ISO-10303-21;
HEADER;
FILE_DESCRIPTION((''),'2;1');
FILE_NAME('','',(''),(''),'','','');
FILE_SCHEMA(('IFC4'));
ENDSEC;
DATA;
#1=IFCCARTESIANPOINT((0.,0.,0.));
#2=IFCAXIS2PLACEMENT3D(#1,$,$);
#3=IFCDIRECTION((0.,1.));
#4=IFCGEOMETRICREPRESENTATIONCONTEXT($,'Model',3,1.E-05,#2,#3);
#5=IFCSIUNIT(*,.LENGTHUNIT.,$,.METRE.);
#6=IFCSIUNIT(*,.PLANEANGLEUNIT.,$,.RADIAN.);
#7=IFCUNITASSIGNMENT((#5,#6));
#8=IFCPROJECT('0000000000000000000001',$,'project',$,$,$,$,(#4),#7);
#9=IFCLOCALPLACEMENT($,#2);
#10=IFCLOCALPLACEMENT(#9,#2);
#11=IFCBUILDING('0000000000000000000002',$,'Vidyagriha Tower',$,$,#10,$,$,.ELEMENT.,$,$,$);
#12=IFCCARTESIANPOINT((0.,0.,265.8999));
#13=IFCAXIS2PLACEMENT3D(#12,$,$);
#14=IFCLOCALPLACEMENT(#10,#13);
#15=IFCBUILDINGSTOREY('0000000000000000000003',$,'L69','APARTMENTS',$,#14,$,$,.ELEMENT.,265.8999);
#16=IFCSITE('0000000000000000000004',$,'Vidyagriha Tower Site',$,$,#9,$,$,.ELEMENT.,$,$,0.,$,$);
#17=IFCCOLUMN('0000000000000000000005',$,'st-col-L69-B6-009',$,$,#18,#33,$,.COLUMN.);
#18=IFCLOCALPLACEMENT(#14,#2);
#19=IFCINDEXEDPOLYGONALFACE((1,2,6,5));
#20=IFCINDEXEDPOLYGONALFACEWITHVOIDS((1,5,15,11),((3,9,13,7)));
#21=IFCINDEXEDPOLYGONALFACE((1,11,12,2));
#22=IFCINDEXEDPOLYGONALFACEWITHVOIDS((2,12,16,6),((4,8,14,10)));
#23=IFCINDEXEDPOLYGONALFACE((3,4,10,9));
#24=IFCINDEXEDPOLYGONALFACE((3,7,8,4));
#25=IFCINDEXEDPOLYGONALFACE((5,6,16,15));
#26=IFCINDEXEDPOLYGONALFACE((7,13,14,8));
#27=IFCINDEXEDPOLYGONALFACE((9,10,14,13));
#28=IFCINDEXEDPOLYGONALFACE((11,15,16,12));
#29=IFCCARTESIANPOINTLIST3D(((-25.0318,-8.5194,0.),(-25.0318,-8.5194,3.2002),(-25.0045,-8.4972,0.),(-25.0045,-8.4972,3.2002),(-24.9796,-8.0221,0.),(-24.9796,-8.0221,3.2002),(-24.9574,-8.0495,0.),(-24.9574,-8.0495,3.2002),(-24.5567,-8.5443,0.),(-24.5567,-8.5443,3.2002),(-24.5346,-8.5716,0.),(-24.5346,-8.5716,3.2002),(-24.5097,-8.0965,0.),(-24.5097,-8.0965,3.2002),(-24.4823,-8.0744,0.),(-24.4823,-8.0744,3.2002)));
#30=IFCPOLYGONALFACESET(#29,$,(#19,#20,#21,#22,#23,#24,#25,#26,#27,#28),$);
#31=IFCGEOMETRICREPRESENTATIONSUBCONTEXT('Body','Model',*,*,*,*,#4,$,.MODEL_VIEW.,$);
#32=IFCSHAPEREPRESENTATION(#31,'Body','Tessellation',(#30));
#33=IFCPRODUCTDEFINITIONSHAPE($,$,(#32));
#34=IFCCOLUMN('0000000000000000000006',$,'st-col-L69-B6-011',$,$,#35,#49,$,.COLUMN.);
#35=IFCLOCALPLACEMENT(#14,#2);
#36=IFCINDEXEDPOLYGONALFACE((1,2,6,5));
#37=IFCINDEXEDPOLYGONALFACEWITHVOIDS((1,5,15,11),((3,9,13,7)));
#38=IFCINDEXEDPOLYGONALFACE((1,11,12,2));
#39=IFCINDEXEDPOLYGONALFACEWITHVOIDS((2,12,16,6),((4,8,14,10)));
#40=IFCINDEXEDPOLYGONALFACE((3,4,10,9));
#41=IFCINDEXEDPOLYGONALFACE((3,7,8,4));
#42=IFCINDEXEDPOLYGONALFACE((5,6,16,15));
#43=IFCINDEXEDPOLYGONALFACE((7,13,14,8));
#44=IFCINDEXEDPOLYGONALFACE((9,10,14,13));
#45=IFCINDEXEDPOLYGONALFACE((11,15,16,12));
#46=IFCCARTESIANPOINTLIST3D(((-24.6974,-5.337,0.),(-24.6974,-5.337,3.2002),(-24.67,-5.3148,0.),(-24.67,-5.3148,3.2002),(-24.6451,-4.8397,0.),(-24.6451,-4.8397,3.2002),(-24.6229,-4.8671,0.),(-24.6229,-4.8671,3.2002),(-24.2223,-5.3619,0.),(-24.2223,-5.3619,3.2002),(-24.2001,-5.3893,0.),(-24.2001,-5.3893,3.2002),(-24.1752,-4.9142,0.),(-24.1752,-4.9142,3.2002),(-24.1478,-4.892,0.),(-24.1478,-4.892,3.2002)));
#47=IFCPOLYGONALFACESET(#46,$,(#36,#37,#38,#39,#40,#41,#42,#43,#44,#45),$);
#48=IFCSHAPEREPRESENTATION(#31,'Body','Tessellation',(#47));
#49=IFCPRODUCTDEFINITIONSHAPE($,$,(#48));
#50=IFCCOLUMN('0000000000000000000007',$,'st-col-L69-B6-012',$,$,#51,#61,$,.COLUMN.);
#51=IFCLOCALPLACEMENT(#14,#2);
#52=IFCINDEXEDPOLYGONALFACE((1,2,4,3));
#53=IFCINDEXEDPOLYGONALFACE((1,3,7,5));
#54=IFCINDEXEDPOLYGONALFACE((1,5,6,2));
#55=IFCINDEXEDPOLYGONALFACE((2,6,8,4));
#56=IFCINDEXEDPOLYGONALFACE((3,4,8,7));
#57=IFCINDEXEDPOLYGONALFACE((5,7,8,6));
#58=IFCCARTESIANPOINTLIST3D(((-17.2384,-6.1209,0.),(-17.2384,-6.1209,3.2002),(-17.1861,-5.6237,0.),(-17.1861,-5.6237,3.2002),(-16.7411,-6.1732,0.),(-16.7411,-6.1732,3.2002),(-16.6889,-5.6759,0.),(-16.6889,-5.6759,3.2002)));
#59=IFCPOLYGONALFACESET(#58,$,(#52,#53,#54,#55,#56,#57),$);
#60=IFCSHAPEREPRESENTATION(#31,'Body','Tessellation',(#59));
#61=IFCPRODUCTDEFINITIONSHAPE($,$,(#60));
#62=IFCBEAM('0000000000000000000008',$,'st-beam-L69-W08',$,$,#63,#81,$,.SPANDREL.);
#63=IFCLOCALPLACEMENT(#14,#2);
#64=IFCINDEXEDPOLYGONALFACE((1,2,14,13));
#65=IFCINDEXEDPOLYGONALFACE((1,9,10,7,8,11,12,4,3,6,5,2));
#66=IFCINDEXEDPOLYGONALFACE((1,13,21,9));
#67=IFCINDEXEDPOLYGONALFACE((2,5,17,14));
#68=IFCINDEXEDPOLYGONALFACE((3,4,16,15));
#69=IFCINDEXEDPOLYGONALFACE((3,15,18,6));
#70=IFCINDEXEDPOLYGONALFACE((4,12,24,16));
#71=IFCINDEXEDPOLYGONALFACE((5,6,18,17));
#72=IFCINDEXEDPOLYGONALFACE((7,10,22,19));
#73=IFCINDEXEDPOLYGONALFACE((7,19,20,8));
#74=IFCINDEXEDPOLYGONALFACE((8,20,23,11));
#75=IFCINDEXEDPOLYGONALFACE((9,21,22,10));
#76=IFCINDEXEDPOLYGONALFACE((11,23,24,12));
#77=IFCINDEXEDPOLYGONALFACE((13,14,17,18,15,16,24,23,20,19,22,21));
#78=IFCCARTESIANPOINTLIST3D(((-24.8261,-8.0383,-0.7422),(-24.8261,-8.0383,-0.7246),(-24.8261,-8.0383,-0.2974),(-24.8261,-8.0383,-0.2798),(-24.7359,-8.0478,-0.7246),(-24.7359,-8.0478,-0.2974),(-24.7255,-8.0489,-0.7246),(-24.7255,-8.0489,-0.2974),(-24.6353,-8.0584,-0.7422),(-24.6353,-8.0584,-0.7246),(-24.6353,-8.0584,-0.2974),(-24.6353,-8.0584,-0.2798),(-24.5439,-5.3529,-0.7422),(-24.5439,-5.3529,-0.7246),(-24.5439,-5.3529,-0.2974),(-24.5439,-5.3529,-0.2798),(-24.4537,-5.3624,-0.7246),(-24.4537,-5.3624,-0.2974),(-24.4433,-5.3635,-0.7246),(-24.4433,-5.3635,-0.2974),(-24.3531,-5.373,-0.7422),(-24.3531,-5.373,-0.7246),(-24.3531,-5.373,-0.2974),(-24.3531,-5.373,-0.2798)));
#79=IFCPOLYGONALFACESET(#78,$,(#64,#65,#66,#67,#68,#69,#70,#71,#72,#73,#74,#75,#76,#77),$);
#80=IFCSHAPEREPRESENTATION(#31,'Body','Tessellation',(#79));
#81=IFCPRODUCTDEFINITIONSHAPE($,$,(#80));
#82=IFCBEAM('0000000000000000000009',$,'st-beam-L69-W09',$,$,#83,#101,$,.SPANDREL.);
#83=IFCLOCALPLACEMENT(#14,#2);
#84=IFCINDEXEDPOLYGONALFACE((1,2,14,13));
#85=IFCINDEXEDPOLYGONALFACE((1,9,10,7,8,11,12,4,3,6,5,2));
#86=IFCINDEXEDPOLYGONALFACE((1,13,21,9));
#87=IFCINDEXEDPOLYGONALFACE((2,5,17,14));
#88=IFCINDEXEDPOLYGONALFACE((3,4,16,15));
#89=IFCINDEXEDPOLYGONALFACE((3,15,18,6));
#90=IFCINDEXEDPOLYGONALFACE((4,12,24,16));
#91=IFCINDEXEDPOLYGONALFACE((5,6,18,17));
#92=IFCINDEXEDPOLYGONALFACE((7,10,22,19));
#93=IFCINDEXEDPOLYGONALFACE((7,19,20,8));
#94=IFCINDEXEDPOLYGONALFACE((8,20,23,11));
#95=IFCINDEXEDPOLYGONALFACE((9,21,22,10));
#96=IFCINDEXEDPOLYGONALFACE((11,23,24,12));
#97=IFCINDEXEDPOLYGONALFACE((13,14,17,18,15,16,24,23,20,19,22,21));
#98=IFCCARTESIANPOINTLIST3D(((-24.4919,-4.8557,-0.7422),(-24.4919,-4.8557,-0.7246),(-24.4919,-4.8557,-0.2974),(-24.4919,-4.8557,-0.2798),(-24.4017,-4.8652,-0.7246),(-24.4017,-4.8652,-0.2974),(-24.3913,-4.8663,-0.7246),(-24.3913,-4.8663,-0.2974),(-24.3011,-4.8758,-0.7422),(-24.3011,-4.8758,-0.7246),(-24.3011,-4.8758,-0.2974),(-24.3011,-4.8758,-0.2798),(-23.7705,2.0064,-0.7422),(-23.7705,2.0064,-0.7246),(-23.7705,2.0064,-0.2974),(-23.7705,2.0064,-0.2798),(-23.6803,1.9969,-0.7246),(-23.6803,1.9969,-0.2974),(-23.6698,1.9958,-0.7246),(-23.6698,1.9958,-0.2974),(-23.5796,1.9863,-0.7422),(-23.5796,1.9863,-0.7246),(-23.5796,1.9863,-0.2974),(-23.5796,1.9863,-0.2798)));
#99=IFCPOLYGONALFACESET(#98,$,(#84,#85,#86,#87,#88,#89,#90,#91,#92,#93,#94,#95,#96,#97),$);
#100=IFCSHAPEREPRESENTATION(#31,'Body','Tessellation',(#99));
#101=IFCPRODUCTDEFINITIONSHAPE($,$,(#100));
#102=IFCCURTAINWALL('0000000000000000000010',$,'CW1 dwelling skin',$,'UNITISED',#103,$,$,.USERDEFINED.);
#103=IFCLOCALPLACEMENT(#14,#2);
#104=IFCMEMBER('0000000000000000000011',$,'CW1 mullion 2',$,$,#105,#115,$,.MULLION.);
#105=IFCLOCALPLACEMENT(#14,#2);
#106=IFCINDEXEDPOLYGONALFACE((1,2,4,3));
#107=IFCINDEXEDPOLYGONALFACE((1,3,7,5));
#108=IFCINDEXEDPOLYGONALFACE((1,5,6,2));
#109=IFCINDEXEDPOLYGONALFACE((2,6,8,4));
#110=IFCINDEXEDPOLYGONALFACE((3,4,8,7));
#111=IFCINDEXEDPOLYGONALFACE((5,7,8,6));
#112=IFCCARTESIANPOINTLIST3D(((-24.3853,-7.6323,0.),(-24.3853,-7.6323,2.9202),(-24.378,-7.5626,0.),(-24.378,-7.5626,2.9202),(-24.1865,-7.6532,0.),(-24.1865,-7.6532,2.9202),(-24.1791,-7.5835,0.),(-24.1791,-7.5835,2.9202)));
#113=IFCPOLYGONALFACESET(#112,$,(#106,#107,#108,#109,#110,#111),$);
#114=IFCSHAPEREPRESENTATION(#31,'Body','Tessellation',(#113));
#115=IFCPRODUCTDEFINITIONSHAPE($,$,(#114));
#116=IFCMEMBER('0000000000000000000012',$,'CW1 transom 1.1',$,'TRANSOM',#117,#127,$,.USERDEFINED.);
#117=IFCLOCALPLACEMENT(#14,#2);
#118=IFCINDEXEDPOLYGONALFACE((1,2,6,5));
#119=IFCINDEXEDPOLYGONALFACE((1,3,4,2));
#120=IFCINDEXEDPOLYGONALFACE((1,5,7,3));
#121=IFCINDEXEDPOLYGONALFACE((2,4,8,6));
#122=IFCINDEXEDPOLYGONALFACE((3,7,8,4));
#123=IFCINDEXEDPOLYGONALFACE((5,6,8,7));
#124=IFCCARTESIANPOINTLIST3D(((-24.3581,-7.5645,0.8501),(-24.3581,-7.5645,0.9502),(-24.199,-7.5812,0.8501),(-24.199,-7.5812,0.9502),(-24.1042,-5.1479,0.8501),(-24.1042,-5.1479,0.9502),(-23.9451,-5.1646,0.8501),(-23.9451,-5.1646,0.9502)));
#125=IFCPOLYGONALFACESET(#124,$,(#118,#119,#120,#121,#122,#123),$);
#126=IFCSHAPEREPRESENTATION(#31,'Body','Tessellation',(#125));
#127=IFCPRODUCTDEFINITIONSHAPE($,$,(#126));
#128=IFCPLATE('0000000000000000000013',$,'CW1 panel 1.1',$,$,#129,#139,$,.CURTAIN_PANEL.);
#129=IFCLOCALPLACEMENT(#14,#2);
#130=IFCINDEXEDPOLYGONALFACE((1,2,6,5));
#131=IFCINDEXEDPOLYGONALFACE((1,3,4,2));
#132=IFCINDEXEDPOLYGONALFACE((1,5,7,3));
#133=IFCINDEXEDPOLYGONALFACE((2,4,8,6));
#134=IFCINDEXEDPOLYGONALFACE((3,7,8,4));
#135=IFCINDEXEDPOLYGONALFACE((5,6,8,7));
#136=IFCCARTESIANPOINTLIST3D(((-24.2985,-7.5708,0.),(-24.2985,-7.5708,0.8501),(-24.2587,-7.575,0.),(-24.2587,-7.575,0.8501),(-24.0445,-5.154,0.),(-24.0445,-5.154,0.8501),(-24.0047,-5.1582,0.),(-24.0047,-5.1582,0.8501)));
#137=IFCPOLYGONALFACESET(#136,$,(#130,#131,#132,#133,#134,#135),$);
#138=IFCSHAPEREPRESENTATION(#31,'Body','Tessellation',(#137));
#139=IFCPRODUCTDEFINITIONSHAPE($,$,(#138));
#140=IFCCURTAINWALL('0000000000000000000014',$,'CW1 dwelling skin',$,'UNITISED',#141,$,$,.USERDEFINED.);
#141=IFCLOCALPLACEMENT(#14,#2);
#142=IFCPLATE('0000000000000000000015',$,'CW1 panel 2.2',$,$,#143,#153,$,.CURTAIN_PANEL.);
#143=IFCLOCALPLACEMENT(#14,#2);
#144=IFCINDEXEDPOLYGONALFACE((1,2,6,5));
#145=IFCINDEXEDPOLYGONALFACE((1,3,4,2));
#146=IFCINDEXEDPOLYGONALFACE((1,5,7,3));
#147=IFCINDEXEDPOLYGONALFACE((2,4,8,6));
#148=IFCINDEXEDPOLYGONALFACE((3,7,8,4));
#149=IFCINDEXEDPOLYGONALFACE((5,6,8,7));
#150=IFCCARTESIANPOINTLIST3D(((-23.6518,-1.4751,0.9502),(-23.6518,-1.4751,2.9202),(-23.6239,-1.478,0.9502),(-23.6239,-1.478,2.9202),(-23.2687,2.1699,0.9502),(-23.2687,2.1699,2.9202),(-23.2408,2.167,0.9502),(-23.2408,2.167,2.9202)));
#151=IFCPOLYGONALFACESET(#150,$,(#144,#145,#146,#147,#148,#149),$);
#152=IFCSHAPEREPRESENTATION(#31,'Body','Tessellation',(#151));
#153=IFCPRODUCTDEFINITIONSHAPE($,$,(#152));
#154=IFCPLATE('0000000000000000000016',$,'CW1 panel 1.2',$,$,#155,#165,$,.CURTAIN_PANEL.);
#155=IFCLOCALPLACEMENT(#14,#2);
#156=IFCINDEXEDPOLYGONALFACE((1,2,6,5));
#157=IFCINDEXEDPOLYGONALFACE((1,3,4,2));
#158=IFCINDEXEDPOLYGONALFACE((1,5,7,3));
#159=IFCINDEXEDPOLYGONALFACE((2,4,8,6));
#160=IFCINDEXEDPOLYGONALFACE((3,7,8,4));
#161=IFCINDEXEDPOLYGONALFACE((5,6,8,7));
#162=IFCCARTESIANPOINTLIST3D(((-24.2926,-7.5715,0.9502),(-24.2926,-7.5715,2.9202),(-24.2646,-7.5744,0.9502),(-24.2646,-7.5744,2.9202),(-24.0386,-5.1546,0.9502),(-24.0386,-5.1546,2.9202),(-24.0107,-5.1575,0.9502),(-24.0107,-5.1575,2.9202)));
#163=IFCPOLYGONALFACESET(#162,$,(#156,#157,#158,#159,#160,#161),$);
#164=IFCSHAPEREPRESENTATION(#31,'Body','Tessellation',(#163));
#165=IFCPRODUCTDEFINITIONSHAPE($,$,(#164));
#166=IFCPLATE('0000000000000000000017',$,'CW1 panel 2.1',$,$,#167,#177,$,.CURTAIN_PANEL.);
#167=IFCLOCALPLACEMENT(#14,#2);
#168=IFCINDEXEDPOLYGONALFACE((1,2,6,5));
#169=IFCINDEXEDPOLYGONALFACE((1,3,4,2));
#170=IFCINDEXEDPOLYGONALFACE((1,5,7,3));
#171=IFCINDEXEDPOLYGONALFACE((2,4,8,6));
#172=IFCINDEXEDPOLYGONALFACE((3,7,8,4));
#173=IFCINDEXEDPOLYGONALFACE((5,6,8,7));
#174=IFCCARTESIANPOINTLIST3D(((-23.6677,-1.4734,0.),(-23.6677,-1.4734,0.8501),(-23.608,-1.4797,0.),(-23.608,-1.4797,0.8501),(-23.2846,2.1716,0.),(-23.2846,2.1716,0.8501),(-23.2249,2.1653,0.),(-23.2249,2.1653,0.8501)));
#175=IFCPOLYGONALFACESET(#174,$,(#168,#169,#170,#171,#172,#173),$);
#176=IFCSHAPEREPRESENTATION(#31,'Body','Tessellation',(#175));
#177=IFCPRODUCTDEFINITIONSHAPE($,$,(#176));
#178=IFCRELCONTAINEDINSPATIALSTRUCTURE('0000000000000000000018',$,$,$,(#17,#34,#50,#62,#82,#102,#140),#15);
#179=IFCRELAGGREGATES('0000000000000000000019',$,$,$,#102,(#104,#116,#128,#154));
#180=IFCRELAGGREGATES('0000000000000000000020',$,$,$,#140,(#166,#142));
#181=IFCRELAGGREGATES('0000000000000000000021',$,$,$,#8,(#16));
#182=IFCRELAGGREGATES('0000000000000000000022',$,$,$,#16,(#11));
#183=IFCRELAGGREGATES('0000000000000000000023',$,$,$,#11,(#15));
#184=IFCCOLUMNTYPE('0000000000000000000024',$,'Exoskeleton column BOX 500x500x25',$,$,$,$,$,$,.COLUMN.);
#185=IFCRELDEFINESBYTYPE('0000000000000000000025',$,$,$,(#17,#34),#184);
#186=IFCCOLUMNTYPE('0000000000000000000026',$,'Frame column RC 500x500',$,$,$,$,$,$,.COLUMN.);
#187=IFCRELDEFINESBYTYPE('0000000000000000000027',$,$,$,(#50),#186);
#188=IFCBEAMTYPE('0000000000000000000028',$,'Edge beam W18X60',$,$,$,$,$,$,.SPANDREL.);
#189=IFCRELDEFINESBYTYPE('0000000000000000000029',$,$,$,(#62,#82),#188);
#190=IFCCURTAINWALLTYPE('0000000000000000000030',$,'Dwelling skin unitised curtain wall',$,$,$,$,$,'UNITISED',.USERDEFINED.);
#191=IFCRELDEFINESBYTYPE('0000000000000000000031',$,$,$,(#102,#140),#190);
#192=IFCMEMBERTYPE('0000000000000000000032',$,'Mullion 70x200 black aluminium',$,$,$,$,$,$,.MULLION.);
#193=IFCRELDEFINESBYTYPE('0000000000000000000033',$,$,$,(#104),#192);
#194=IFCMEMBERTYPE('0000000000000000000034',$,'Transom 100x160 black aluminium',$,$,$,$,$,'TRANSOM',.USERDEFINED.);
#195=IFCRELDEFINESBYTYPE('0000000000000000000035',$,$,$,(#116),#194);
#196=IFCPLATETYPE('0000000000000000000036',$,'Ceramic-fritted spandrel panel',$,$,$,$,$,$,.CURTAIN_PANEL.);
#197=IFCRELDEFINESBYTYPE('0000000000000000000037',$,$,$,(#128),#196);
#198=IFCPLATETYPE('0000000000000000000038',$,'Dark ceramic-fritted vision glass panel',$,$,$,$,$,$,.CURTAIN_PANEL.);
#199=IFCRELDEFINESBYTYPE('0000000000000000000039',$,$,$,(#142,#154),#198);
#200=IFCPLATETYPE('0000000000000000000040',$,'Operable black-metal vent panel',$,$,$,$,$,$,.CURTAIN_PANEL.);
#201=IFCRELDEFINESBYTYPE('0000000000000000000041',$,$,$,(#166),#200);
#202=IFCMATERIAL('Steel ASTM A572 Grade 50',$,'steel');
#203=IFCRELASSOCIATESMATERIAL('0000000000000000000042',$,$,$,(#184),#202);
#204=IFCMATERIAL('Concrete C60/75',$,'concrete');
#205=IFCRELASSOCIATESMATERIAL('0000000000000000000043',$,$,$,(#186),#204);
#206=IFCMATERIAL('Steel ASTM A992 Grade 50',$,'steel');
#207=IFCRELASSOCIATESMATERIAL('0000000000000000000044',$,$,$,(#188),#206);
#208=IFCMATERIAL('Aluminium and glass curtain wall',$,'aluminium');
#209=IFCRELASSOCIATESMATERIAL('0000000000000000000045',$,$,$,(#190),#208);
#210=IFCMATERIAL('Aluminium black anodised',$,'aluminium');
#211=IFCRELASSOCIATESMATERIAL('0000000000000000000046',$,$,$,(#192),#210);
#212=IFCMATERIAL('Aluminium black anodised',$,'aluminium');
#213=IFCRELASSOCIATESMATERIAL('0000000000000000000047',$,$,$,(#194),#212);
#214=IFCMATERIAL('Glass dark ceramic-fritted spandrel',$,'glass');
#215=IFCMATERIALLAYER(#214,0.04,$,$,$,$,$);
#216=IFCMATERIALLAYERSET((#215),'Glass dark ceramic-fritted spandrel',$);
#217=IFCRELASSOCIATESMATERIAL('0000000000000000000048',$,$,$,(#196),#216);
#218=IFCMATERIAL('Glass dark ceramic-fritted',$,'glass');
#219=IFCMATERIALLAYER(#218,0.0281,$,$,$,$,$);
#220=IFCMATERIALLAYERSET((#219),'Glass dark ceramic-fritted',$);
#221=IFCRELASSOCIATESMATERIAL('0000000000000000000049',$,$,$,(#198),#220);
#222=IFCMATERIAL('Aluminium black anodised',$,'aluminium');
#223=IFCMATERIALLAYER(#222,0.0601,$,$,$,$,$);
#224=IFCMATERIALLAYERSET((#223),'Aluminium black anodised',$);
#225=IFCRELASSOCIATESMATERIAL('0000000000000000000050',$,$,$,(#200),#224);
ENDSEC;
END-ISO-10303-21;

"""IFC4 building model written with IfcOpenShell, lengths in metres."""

from ifc_helpers import new_model, si_unit, direction, frame, origin, origin_2d, place, context, subcontext, project, spatial, rectangle, hollow_rectangle, i_section, extrude, material, layer, layer_set, material_profile, profile_set, type_object, element, aggregate, save


model = new_model("IFC4")

# Units and contexts
model_context = context("Model", 3, precision=1e-05, world=origin(), true_north=direction((0.0, 1.0)))
body_context = subcontext(model_context, "Body", "Model", "MODEL_VIEW")
ifc_project = project(units=[si_unit("LENGTHUNIT", "METRE"), si_unit("PLANEANGLEUNIT", "RADIAN")], contexts=[model_context])

# Site, building, storey
site_placement = place(None, origin())
site = spatial("IfcSite", under=ifc_project, at=site_placement, Name="Vidyagriha Tower Site", CompositionType="ELEMENT", RefElevation=0.0)
building_placement = place(site_placement, origin())
building = spatial("IfcBuilding", under=site, at=building_placement, Name="Vidyagriha Tower", CompositionType="ELEMENT")
storey_placement = place(building_placement, frame((0.0, 0.0, 265.8999)))
storey = spatial("IfcBuildingStorey", under=building, at=storey_placement, Name="L69", Description="APARTMENTS", CompositionType="ELEMENT", Elevation=265.8999)

# Columns
ifc_material_1 = material(Name="Steel ASTM A572 Grade 50", Category="steel")
ifc_material_profile_1 = material_profile(ifc_material_1, hollow_rectangle(XDim=0.5, YDim=0.5, WallThickness=0.0249, at=origin_2d()), Name="BOX 500x500x25")
ifc_profile_set_1 = profile_set([ifc_material_profile_1], Name="Steel ASTM A572 Grade 50")
column_type_1 = type_object("IfcColumnType", Name="Exoskeleton column BOX 500x500x25", PredefinedType="COLUMN", material=ifc_profile_set_1)
for number, where, z_axis, x_axis, name in (
    (1, (-24.7571, -8.2969, 0.0), (0.0, 0.0, 1.0), (0.994522, -0.104528, 0.0), "st-col-L69-B6-009"),
    (2, (-24.4226, -5.1145, 0.0), (0.0, 0.0, 1.0), (0.994522, -0.104528, 0.0), "st-col-L69-B6-011"),
):
    element("IfcColumn", number, at=place(storey_placement, frame(where, z_axis=z_axis, x_axis=x_axis)), inside=storey, type_object=column_type_1, Name=name, PredefinedType="COLUMN", context=body_context, shape_type="SweptSolid", body=[
        extrude(hollow_rectangle(XDim=0.5, YDim=0.5, WallThickness=0.0249, at=origin_2d()), origin(), (0.0, 0.0, 1.0), 3.2002),
    ])
ifc_material_2 = material(Name="Concrete C60/75", Category="concrete")
ifc_material_profile_2 = material_profile(ifc_material_2, rectangle(XDim=0.5, YDim=0.5, at=origin_2d()), Name="RC 500x500")
ifc_profile_set_2 = profile_set([ifc_material_profile_2], Name="Concrete C60/75")
column_type_2 = type_object("IfcColumnType", Name="Frame column RC 500x500", PredefinedType="COLUMN", material=ifc_profile_set_2)
column_placement = place(storey_placement, frame((-16.9636, -5.8984, 0.0), z_axis=(0.0, 0.0, 1.0), x_axis=(0.994522, -0.104528, 0.0)))
element("IfcColumn", 3, at=column_placement, inside=storey, type_object=column_type_2, Name="st-col-L69-B6-012", PredefinedType="COLUMN", context=body_context, shape_type="SweptSolid", body=[
    extrude(rectangle(XDim=0.5, YDim=0.5, at=origin_2d()), origin(), (0.0, 0.0, 1.0), 3.2002),
])

# Beams
ifc_material_3 = material(Name="Steel ASTM A992 Grade 50", Category="steel")
ifc_material_profile_3 = material_profile(ifc_material_3, i_section(OverallWidth=0.1919, OverallDepth=0.4624, WebThickness=0.0105, FlangeThickness=0.0176, at=origin_2d()), Name="W18X60")
ifc_profile_set_3 = profile_set([ifc_material_profile_3], Name="Steel ASTM A992 Grade 50")
beam_type = type_object("IfcBeamType", Name="Edge beam W18X60", PredefinedType="SPANDREL", material=ifc_profile_set_3)
beam_1_placement = place(storey_placement, frame((-24.7307, -8.0483, -0.511), z_axis=(0.104525, 0.994522, 0.0), x_axis=(-0.994522, 0.104525, 0.0)))
element("IfcBeam", 4, at=beam_1_placement, inside=storey, type_object=beam_type, Name="st-beam-L69-W08", PredefinedType="SPANDREL", context=body_context, shape_type="SweptSolid", body=[
    extrude(i_section(OverallWidth=0.1919, OverallDepth=0.4624, WebThickness=0.0105, FlangeThickness=0.0176, at=origin_2d()), origin(), (0.0, 0.0, 1.0), 2.7002),
])
beam_2_placement = place(storey_placement, frame((-24.3965, -4.8657, -0.511), z_axis=(0.104558, 0.994519, 0.0), x_axis=(-0.994519, 0.104558, 0.0)))
element("IfcBeam", 5, at=beam_2_placement, inside=storey, type_object=beam_type, Name="st-beam-L69-W09", PredefinedType="SPANDREL", context=body_context, shape_type="SweptSolid", body=[
    extrude(i_section(OverallWidth=0.1919, OverallDepth=0.4624, WebThickness=0.0105, FlangeThickness=0.0176, at=origin_2d()), origin(), (0.0, 0.0, 1.0), 6.8999),
])

# Curtain wall, members, plate
ifc_material_4 = material(Name="Aluminium and glass curtain wall", Category="aluminium")
curtain_wall_type = type_object("IfcCurtainWallType", Name="Dwelling skin unitised curtain wall", ElementType="UNITISED", PredefinedType="USERDEFINED", material=ifc_material_4)
curtain_wall_1_placement = place(storey_placement, origin())
curtain_wall_1 = element("IfcCurtainWall", 6, at=curtain_wall_1_placement, inside=storey, type_object=curtain_wall_type, Name="CW1 dwelling skin", ObjectType="UNITISED", PredefinedType="USERDEFINED")
ifc_material_5 = material(Name="Aluminium black anodised", Category="aluminium")
ifc_material_profile_4 = material_profile(ifc_material_5, rectangle(XDim=0.2, YDim=0.0701, at=origin_2d()), Name="Mullion 70x200 black aluminium")
ifc_profile_set_4 = profile_set([ifc_material_profile_4], Name="Aluminium black anodised")
member_type_1 = type_object("IfcMemberType", Name="Mullion 70x200 black aluminium", PredefinedType="MULLION", material=ifc_profile_set_4)
member_1_placement = place(storey_placement, frame((-24.2822, -7.6079, 0.0), z_axis=(0.0, 0.0, 1.0), x_axis=(0.994523, -0.104516, 0.0)))
member_1 = element("IfcMember", 7, at=member_1_placement, type_object=member_type_1, Name="CW1 mullion 2", PredefinedType="MULLION", context=body_context, shape_type="SweptSolid", body=[
    extrude(rectangle(XDim=0.2, YDim=0.0701, at=origin_2d()), origin(), (0.0, 0.0, 1.0), 2.9202),
])
ifc_material_6 = material(Name="Aluminium black anodised", Category="aluminium")
ifc_material_profile_5 = material_profile(ifc_material_6, rectangle(XDim=0.1599, YDim=0.1001, at=origin_2d()), Name="Transom 100x160 black aluminium")
ifc_profile_set_5 = profile_set([ifc_material_profile_5], Name="Aluminium black anodised")
member_type_2 = type_object("IfcMemberType", Name="Transom 100x160 black aluminium", ElementType="TRANSOM", PredefinedType="USERDEFINED", material=ifc_profile_set_5)
member_2_placement = place(storey_placement, frame((-24.0247, -5.1562, 0.9001), z_axis=(-0.104486, -0.994526, 0.0), x_axis=(0.994526, -0.104486, 0.0)))
member_2 = element("IfcMember", 8, at=member_2_placement, type_object=member_type_2, Name="CW1 transom 1.1", ObjectType="TRANSOM", PredefinedType="USERDEFINED", context=body_context, shape_type="SweptSolid", body=[
    extrude(rectangle(XDim=0.1599, YDim=0.1001, at=origin_2d()), origin(), (0.0, 0.0, 1.0), 2.4299),
])
ifc_material_7 = material(Name="Glass dark ceramic-fritted spandrel", Category="glass")
ifc_layer_1 = layer(ifc_material_7, 0.04)
ifc_layer_set_1 = layer_set([ifc_layer_1], Name="Glass dark ceramic-fritted spandrel")
plate_type_1 = type_object("IfcPlateType", Name="Ceramic-fritted spandrel panel", PredefinedType="CURTAIN_PANEL", material=ifc_layer_set_1)
plate_1_placement = place(storey_placement, frame((-24.1516, -6.3645, 0.0), z_axis=(0.0, 0.0, 1.0), x_axis=(-0.104516, -0.994523, 0.0)))
plate_1 = element("IfcPlate", 9, at=plate_1_placement, type_object=plate_type_1, Name="CW1 panel 1.1", PredefinedType="CURTAIN_PANEL", context=body_context, shape_type="SweptSolid", body=[
    extrude(rectangle(XDim=2.4302, YDim=0.04, at=origin_2d()), origin(), (0.0, 0.0, 1.0), 0.8501),
])

# Curtain wall, plate
curtain_wall_2_placement = place(storey_placement, origin())
curtain_wall_2 = element("IfcCurtainWall", 10, at=curtain_wall_2_placement, inside=storey, type_object=curtain_wall_type, Name="CW1 dwelling skin", ObjectType="UNITISED", PredefinedType="USERDEFINED")
ifc_material_8 = material(Name="Glass dark ceramic-fritted", Category="glass")
ifc_layer_2 = layer(ifc_material_8, 0.0281)
ifc_layer_set_2 = layer_set([ifc_layer_2], Name="Glass dark ceramic-fritted")
plate_type_2 = type_object("IfcPlateType", Name="Dark ceramic-fritted vision glass panel", PredefinedType="CURTAIN_PANEL", material=ifc_layer_set_2)
plate_2_placement = place(storey_placement, frame((-23.4463, 0.3459, 0.9502), z_axis=(0.0, 0.0, 1.0), x_axis=(-0.104533, -0.994521, 0.0)))
plate_2 = element("IfcPlate", 11, at=plate_2_placement, type_object=plate_type_2, Name="CW1 panel 2.2", PredefinedType="CURTAIN_PANEL", context=body_context, shape_type="SweptSolid", body=[
    extrude(rectangle(XDim=3.665, YDim=0.0281, at=origin_2d()), origin(), (0.0, 0.0, 1.0), 1.97),
])

# Plates
plate_3_placement = place(storey_placement, frame((-24.1516, -6.3645, 0.9502), z_axis=(0.0, 0.0, 1.0), x_axis=(-0.104516, -0.994523, 0.0)))
plate_3 = element("IfcPlate", 12, at=plate_3_placement, type_object=plate_type_2, Name="CW1 panel 1.2", PredefinedType="CURTAIN_PANEL", context=body_context, shape_type="SweptSolid", body=[
    extrude(rectangle(XDim=2.4302, YDim=0.0281, at=origin_2d()), origin(), (0.0, 0.0, 1.0), 1.97),
])
aggregate(curtain_wall_1, [member_1, member_2, plate_1, plate_3])
ifc_material_9 = material(Name="Aluminium black anodised", Category="aluminium")
ifc_layer_3 = layer(ifc_material_9, 0.0601)
ifc_layer_set_3 = layer_set([ifc_layer_3], Name="Aluminium black anodised")
plate_type_3 = type_object("IfcPlateType", Name="Operable black-metal vent panel", PredefinedType="CURTAIN_PANEL", material=ifc_layer_set_3)
plate_4_placement = place(storey_placement, frame((-23.4463, 0.3459, 0.0), z_axis=(0.0, 0.0, 1.0), x_axis=(-0.104533, -0.994521, 0.0)))
plate_4 = element("IfcPlate", 13, at=plate_4_placement, type_object=plate_type_3, Name="CW1 panel 2.1", PredefinedType="CURTAIN_PANEL", context=body_context, shape_type="SweptSolid", body=[
    extrude(rectangle(XDim=3.665, YDim=0.0601, at=origin_2d()), origin(), (0.0, 0.0, 1.0), 0.8501),
])
aggregate(curtain_wall_2, [plate_4, plate_2])

save(model, "model.ifc")
